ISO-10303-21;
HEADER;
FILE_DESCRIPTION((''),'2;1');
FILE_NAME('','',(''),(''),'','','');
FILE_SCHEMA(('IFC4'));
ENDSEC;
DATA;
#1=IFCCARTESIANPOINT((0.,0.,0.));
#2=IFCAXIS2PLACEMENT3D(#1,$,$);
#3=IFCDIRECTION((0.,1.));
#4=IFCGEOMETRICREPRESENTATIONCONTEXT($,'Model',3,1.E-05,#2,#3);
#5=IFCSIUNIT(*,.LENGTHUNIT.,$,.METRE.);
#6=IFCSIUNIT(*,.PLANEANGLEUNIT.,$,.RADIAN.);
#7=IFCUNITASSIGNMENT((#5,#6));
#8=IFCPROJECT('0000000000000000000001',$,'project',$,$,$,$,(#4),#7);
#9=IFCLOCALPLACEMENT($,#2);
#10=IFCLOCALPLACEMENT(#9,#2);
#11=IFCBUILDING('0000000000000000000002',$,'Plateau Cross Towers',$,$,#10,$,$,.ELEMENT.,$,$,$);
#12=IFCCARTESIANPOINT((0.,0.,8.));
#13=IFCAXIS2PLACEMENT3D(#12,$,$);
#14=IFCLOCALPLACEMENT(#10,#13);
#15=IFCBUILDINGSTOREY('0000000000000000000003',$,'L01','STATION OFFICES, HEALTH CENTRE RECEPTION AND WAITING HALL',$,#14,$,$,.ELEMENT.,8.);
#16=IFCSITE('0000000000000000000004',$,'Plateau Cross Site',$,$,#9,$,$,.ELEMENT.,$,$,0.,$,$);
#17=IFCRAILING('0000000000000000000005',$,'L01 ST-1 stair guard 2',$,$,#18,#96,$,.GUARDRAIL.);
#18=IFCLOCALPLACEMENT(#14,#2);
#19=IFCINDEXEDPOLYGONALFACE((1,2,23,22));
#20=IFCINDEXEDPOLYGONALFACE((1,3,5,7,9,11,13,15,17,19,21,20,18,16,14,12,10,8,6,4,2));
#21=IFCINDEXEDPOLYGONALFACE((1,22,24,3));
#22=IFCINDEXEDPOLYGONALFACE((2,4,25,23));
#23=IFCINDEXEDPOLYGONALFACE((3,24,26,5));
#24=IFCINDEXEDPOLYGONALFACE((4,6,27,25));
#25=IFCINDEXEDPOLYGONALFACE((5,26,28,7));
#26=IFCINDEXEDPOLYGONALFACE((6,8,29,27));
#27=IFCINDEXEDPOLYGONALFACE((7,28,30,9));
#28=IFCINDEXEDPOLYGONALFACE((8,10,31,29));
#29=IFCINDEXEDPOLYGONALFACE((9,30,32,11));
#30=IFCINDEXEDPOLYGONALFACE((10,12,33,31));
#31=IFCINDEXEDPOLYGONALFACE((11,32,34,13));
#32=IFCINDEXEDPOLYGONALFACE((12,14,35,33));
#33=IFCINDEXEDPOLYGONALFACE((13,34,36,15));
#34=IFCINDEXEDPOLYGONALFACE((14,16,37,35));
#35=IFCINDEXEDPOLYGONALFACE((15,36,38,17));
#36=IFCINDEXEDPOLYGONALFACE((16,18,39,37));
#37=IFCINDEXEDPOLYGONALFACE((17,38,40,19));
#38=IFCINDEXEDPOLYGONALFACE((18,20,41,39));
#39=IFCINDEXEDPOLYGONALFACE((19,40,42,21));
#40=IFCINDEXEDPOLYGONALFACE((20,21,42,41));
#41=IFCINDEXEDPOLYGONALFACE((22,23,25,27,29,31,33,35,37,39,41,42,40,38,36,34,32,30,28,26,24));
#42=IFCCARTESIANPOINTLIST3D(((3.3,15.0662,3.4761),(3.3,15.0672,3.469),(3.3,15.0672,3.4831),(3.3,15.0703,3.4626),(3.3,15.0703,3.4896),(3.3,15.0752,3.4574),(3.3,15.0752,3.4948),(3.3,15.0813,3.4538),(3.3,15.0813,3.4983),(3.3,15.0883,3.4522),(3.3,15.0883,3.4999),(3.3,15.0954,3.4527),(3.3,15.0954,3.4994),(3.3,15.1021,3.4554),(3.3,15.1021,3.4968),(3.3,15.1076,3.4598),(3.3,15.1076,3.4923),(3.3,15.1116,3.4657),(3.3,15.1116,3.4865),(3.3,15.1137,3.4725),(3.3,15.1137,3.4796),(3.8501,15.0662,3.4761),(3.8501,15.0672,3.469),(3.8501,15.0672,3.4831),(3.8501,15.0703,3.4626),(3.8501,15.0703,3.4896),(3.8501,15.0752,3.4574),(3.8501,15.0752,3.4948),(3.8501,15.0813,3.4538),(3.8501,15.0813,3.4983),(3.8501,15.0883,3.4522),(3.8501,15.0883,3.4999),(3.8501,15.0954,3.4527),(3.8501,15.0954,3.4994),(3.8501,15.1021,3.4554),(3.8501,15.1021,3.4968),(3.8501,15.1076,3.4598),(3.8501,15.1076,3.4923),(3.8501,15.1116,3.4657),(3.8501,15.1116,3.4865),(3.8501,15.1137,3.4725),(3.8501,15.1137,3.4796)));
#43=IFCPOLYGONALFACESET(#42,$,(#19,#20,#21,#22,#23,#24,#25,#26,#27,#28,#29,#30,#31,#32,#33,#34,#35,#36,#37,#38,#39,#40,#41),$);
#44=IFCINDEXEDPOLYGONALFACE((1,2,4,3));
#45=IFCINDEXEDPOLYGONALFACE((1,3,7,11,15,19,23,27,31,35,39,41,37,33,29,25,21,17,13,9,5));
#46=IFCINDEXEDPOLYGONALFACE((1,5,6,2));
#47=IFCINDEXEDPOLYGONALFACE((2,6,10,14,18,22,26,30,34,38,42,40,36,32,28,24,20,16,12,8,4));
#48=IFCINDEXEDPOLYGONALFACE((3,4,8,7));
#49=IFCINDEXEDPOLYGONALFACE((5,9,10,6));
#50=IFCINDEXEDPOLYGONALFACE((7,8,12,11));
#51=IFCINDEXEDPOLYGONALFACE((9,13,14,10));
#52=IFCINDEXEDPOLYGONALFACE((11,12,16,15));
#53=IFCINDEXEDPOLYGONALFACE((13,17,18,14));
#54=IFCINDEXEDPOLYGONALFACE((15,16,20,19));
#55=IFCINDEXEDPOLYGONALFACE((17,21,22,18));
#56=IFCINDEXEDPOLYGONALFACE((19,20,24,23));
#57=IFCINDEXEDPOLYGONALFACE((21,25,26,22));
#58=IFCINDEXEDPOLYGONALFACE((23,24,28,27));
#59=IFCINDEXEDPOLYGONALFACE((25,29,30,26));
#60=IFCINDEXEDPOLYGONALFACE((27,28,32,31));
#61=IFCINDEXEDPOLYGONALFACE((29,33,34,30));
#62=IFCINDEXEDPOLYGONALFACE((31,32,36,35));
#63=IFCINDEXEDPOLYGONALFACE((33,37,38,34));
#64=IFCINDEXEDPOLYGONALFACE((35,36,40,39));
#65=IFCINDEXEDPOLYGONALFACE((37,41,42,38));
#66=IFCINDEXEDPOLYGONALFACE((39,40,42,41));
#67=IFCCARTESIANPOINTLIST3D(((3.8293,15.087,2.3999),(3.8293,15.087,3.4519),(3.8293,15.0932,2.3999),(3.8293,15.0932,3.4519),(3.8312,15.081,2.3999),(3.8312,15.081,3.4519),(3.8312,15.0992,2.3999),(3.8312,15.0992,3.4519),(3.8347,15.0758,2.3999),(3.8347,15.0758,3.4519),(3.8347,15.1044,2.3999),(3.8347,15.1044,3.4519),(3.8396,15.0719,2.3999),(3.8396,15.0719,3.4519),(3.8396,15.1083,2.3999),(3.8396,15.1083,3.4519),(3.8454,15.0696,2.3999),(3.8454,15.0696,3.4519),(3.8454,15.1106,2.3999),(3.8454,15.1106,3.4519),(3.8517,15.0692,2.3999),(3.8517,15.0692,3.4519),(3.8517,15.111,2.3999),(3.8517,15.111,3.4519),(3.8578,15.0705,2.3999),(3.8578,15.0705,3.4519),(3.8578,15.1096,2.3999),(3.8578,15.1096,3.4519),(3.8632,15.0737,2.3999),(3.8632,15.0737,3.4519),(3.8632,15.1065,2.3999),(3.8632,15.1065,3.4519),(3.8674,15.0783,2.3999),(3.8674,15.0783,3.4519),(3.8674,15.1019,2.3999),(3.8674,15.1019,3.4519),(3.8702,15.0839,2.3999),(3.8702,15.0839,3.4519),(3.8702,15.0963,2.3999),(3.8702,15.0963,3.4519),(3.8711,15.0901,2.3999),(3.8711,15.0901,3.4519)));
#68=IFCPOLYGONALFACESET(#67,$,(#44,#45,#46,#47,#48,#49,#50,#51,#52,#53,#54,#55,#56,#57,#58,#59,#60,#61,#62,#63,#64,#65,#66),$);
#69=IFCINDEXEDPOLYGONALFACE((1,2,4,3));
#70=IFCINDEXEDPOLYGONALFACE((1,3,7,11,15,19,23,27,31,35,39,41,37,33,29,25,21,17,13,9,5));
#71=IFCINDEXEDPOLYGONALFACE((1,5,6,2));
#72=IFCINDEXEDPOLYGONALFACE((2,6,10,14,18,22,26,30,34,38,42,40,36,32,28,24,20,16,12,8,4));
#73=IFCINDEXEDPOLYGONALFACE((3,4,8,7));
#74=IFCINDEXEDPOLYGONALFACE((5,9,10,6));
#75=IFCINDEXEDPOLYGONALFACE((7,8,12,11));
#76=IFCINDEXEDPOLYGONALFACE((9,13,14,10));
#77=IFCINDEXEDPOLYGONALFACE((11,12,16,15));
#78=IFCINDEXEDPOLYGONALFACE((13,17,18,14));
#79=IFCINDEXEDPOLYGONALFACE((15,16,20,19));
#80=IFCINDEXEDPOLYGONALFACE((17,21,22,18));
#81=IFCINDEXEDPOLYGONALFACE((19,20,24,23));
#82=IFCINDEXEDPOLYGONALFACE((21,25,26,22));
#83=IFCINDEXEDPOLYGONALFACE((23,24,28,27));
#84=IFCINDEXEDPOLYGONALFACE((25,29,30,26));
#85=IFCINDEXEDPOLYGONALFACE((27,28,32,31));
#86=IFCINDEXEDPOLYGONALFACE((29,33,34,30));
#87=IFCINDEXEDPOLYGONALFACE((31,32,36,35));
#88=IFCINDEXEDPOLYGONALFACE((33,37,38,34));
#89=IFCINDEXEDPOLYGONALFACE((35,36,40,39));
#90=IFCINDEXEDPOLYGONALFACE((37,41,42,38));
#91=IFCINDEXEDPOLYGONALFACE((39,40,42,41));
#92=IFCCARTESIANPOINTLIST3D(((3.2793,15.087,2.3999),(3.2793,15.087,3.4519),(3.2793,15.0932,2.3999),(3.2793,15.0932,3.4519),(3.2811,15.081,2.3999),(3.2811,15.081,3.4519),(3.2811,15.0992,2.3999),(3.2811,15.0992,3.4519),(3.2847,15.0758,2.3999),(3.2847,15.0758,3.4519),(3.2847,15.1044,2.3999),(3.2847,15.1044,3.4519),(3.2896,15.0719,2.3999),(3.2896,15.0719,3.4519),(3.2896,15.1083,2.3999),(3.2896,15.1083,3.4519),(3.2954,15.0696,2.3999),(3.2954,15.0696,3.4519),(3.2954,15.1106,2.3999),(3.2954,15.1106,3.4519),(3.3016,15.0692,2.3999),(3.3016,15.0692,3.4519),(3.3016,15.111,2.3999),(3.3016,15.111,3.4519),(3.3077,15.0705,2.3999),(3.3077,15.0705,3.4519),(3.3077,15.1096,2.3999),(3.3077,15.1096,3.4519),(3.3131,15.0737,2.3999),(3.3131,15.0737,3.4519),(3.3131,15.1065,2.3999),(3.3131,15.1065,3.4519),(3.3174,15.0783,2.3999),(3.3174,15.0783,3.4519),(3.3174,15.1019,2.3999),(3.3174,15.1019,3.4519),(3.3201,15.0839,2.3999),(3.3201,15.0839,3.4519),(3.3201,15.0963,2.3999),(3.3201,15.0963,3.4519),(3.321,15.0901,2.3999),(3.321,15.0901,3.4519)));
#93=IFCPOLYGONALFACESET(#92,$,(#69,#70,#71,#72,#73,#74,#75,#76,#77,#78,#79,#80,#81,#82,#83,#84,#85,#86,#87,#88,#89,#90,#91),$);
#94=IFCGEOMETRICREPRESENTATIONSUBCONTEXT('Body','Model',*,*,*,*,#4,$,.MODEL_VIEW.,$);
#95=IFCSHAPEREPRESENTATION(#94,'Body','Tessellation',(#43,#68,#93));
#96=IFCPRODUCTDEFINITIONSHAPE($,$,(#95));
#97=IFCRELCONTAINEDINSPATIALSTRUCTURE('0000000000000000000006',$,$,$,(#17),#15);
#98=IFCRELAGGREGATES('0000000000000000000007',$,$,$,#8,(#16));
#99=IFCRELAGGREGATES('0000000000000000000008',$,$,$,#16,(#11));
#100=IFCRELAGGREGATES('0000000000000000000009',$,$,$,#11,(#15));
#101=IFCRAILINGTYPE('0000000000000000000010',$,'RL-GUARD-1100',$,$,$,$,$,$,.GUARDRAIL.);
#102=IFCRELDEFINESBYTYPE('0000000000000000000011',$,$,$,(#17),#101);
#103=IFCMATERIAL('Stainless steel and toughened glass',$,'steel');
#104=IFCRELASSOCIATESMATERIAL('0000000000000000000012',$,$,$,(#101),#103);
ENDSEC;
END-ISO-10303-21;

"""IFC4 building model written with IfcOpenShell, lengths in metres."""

from ifc_helpers import new_model, si_unit, direction, frame, origin, origin_2d, place, context, subcontext, project, spatial, circle, extrude, material, type_object, element, save


model = new_model("IFC4")

# Units and contexts
model_context = context("Model", 3, precision=1e-05, world=origin(), true_north=direction((0.0, 1.0)))
body_context = subcontext(model_context, "Body", "Model", "MODEL_VIEW")
ifc_project = project(units=[si_unit("LENGTHUNIT", "METRE"), si_unit("PLANEANGLEUNIT", "RADIAN")], contexts=[model_context])

# Site, building, storey
site_placement = place(None, origin())
site = spatial("IfcSite", under=ifc_project, at=site_placement, Name="Plateau Cross Site", CompositionType="ELEMENT", RefElevation=0.0)
building_placement = place(site_placement, origin())
building = spatial("IfcBuilding", under=site, at=building_placement, Name="Plateau Cross Towers", CompositionType="ELEMENT")
storey_placement = place(building_placement, frame((0.0, 0.0, 8.0)))
storey = spatial("IfcBuildingStorey", under=building, at=storey_placement, Name="L01", Description="STATION OFFICES, HEALTH CENTRE RECEPTION AND WAITING HALL", CompositionType="ELEMENT", Elevation=8.0)

# Railing
ifc_material_1 = material(Name="Stainless steel and toughened glass", Category="steel")
railing_type_1 = type_object("IfcRailingType", Name="RL-GUARD-1100", PredefinedType="GUARDRAIL", material=ifc_material_1)
railing_1_placement = place(storey_placement, frame((3.8501, 15.0901, 2.3999)))
element("IfcRailing", 1, at=railing_1_placement, inside=storey, type_object=railing_type_1, Name="L01 ST-1 stair guard 2", PredefinedType="GUARDRAIL", context=body_context, shape_type="SweptSolid", body=[
    extrude(circle(Radius=0.0239, at=origin_2d()), frame((0.0, 0.0, 1.0762), z_axis=(-1.0, 0.0, 0.0), x_axis=(0.0, -1.0, 0.0)), (0.0, 0.0, 1.0), 0.55),
    extrude(circle(Radius=0.021, at=origin_2d()), origin(), (0.0, 0.0, 1.0), 1.052),
    extrude(circle(Radius=0.021, at=origin_2d()), frame((-0.55, 0.0, 0.0)), (0.0, 0.0, 1.0), 1.052),
])

save(model, "model.ifc")
